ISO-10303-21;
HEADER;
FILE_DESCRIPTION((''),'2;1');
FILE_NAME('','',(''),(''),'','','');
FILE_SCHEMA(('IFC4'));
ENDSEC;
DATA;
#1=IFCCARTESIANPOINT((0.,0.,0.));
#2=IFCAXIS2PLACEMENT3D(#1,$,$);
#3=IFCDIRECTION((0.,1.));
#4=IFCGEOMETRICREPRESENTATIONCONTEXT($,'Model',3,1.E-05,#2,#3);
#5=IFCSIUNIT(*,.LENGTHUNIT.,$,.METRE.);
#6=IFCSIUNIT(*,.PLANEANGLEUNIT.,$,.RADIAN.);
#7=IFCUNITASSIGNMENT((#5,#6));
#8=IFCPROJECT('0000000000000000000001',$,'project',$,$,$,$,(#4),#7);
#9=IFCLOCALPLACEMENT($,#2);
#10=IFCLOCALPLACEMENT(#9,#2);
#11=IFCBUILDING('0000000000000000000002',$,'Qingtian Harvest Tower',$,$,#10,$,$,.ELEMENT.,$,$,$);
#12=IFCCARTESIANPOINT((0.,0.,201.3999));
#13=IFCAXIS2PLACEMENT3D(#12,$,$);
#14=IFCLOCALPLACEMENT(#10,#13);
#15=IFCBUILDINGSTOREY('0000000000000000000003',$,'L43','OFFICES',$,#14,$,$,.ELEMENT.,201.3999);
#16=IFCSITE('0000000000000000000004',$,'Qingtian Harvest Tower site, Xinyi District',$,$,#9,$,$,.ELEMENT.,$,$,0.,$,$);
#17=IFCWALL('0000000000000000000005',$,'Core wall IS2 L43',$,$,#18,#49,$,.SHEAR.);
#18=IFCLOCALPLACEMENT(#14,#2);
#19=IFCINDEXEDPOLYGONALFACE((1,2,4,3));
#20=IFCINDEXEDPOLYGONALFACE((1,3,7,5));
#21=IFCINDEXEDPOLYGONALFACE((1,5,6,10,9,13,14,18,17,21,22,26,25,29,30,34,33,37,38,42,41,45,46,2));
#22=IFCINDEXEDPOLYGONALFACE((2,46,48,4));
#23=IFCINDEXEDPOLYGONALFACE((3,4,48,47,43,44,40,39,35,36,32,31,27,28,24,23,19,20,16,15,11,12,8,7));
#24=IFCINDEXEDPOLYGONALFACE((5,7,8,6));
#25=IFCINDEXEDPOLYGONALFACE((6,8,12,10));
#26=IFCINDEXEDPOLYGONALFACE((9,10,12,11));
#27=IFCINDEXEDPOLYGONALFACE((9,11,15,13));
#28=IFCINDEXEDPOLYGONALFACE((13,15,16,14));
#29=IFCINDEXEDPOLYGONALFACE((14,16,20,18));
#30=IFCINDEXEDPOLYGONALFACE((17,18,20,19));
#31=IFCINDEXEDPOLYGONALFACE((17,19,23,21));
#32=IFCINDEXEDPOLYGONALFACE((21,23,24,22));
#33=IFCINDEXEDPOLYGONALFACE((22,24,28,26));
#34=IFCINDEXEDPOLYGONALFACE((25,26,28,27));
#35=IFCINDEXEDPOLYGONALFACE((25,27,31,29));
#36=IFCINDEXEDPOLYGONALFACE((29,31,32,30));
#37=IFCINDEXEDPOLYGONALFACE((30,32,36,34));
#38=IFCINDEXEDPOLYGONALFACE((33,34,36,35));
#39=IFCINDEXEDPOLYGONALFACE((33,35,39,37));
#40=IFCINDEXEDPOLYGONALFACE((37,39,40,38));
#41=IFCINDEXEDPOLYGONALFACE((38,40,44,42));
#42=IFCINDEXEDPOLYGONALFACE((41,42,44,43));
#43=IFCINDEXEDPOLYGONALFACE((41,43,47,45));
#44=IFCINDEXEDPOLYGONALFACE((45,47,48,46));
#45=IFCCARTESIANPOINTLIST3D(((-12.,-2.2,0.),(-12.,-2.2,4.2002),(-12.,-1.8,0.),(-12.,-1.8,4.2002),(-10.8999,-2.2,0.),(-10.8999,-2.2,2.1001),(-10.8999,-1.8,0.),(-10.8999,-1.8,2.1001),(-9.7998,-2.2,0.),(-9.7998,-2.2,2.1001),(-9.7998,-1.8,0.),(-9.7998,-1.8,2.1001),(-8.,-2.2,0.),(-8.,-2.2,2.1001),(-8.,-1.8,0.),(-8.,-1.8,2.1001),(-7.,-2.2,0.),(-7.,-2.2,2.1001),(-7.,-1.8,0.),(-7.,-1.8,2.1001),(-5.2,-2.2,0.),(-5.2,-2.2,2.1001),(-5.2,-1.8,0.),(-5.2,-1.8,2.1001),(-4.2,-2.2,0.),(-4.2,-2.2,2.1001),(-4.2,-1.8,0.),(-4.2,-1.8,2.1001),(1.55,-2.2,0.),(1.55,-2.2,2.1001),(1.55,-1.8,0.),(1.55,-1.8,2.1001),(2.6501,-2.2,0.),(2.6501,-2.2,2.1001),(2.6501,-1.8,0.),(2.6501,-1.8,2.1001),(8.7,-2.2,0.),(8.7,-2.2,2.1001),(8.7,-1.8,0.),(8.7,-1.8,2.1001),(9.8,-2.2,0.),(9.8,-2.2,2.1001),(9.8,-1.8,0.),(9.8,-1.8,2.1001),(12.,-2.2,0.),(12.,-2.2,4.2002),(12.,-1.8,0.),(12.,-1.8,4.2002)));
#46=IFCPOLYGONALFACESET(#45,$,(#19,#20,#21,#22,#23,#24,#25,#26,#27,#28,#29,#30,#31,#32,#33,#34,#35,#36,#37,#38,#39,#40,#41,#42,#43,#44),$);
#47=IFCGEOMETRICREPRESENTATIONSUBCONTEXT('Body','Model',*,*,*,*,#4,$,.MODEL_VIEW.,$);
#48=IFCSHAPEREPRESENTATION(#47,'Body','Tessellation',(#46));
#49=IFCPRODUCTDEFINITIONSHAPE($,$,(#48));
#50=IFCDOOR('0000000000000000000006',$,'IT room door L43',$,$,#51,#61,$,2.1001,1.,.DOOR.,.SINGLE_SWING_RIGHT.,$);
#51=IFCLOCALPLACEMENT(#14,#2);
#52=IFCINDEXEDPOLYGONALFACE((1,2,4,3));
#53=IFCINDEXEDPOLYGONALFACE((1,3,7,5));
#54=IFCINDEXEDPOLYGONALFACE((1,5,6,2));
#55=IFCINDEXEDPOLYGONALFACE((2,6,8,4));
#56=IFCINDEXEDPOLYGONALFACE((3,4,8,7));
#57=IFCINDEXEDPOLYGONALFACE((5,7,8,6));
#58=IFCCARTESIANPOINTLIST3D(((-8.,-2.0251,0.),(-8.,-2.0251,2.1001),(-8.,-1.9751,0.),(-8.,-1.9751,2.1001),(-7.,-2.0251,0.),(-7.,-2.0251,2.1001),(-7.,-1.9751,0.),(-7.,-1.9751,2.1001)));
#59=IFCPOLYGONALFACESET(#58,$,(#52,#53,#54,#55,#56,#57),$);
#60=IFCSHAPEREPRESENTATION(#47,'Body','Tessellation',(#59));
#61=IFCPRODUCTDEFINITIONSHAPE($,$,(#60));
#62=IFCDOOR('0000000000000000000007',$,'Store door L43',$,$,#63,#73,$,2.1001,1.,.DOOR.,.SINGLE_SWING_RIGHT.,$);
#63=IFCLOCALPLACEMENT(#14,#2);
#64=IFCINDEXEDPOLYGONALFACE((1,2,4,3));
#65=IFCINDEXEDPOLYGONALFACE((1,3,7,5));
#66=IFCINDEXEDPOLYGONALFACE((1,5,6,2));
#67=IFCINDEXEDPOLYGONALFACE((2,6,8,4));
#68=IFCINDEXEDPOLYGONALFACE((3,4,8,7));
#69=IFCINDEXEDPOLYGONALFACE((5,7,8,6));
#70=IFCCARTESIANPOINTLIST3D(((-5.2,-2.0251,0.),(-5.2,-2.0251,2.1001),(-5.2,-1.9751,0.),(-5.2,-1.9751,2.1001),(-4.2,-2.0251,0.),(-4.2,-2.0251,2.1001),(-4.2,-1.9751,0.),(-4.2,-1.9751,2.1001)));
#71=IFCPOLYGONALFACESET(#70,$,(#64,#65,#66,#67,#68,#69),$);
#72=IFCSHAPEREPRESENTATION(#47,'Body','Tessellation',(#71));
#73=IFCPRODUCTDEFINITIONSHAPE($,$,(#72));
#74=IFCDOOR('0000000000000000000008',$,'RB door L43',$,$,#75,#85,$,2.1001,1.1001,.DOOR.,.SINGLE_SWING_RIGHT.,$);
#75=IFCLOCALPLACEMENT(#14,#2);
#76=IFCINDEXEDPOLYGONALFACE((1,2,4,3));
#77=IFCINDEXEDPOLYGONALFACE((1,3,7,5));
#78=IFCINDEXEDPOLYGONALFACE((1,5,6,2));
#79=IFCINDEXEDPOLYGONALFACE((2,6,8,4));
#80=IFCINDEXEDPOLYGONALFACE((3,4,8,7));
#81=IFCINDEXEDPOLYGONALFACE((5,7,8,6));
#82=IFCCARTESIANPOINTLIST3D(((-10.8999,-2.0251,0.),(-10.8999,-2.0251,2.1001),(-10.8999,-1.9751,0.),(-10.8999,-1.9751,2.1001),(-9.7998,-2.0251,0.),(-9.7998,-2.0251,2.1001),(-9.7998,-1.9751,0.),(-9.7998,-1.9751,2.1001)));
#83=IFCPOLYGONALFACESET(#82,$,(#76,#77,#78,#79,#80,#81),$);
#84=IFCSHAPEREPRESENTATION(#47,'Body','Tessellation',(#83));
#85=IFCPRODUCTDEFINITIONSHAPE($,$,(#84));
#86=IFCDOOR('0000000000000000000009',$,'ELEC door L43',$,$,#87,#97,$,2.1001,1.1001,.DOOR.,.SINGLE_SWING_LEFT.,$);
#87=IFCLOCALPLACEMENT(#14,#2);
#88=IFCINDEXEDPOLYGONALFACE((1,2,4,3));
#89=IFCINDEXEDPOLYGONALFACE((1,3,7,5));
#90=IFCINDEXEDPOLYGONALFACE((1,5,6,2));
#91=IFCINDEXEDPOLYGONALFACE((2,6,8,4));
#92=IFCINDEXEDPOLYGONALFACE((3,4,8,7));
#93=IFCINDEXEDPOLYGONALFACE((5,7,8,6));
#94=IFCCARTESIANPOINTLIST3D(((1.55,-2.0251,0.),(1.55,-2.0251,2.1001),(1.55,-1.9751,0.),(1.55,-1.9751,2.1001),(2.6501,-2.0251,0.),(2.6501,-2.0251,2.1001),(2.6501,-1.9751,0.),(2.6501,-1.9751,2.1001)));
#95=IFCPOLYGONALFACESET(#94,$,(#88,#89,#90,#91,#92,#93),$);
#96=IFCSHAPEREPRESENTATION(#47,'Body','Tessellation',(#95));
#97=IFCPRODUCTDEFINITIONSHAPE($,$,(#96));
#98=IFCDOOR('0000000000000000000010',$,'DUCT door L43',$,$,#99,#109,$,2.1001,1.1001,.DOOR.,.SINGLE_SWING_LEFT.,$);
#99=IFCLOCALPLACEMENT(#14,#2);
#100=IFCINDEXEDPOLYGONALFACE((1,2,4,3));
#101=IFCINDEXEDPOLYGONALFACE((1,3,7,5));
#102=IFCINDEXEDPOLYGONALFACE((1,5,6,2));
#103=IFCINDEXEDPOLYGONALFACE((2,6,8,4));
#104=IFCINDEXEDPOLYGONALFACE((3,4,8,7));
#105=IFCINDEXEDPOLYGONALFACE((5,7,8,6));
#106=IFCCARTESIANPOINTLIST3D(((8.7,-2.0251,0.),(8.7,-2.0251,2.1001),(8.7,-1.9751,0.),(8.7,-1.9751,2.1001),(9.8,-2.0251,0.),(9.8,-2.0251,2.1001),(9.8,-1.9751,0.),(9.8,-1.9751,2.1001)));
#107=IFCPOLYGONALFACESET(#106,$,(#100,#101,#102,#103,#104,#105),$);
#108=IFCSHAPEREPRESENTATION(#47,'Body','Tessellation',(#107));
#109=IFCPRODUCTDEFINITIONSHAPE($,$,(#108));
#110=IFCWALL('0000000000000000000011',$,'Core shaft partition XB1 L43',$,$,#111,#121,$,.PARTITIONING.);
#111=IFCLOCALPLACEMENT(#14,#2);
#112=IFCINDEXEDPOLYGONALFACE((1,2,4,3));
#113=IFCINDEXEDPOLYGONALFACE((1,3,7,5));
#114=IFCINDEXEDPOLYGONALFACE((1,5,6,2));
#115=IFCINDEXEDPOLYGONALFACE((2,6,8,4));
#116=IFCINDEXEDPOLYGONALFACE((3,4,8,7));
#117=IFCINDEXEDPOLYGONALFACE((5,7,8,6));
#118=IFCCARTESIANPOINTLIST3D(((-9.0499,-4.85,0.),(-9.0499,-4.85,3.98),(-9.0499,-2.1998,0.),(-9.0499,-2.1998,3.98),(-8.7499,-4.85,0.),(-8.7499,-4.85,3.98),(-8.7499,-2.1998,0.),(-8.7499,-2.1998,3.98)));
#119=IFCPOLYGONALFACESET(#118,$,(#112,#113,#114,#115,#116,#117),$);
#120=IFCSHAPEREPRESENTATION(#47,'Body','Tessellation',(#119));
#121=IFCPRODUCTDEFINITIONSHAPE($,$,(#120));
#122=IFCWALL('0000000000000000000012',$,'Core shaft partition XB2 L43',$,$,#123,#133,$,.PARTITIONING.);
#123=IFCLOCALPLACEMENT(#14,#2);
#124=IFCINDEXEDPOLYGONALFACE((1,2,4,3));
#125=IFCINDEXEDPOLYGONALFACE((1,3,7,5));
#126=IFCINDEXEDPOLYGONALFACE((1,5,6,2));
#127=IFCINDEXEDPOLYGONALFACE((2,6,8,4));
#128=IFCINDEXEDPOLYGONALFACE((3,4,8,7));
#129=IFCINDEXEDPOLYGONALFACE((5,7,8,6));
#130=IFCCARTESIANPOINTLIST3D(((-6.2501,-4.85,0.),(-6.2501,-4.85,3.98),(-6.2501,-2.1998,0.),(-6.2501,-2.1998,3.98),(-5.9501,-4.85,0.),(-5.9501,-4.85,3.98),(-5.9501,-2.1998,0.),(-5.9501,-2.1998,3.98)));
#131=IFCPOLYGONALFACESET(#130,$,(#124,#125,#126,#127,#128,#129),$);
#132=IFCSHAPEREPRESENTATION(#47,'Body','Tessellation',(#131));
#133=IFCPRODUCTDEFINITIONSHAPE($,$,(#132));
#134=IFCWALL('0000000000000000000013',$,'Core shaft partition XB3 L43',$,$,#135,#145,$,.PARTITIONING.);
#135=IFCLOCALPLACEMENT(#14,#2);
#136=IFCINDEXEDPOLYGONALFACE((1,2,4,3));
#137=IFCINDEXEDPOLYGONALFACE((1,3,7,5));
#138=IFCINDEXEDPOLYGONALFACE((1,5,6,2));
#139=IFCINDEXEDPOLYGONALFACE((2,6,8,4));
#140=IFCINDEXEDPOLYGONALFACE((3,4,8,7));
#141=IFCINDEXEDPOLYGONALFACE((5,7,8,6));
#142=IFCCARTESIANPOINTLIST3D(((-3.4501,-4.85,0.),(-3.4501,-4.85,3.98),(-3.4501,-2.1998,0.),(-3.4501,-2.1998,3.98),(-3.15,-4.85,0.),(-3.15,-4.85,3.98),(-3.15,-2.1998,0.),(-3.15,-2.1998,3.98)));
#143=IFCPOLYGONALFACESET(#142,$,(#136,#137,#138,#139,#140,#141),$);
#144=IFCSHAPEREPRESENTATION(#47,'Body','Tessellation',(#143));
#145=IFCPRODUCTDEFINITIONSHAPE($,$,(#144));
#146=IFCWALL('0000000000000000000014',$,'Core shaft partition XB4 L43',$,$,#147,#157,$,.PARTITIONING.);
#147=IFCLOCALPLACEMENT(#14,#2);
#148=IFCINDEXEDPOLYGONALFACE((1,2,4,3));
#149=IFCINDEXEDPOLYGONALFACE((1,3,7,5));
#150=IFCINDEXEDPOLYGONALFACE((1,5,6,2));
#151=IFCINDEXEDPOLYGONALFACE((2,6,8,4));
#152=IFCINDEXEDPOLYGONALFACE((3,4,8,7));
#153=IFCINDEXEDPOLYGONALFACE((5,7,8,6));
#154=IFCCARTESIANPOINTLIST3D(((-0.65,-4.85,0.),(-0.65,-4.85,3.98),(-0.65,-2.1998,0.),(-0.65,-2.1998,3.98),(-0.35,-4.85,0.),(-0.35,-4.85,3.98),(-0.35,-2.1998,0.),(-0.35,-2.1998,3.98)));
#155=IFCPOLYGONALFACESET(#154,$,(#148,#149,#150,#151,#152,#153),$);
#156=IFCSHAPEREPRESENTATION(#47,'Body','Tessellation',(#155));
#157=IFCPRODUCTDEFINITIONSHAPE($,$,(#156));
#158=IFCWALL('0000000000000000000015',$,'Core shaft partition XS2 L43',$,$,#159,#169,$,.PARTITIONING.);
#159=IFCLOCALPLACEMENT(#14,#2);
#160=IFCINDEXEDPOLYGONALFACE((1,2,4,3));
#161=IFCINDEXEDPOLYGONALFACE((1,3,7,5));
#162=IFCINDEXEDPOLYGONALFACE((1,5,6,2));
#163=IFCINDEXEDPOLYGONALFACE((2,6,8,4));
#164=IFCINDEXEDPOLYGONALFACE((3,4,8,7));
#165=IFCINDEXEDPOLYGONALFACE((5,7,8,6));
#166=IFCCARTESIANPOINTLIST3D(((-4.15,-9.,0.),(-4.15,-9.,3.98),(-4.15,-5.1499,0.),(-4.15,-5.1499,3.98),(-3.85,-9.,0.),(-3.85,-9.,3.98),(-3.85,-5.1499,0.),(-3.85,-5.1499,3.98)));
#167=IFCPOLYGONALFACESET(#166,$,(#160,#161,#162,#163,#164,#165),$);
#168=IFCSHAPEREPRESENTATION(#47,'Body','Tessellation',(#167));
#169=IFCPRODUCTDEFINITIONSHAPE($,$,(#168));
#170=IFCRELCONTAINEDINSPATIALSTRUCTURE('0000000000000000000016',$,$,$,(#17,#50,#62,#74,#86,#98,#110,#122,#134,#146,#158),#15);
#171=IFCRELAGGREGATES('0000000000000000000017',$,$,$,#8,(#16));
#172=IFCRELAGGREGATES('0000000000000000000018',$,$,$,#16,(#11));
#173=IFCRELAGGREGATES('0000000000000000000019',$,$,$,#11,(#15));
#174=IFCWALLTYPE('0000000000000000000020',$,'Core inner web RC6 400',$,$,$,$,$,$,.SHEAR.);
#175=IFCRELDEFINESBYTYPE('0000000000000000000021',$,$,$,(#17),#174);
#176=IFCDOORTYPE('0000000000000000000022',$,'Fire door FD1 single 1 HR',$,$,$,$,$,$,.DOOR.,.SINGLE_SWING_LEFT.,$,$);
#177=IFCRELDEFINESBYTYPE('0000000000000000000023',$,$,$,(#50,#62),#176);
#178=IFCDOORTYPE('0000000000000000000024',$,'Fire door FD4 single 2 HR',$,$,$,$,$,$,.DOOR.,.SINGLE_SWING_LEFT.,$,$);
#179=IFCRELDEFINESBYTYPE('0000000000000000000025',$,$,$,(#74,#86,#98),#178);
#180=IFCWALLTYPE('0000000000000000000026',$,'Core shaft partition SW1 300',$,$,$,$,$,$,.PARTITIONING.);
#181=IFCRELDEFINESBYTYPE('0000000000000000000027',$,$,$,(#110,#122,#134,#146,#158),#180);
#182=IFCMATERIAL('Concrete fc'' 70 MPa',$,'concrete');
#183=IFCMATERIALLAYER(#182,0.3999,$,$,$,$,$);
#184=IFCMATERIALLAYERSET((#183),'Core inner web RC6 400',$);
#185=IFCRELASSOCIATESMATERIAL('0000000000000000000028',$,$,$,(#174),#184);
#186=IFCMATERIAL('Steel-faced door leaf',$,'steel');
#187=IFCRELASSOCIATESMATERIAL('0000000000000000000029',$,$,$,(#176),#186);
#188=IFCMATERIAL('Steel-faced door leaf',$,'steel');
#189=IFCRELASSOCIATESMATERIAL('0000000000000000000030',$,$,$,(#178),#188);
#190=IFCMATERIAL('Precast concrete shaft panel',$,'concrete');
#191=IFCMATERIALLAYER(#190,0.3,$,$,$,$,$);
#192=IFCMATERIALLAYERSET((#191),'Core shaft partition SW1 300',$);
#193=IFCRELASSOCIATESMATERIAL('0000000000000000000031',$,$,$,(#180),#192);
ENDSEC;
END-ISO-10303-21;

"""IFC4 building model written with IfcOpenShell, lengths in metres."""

from ifc_helpers import new_model, si_unit, direction, frame, frame_2d, origin, place, context, subcontext, project, spatial, rectangle, extrude, material, layer, layer_set, type_object, element, fill, save


model = new_model("IFC4")

# Units and contexts
model_context = context("Model", 3, precision=1e-05, world=origin(), true_north=direction((0.0, 1.0)))
body_context = subcontext(model_context, "Body", "Model", "MODEL_VIEW")
ifc_project = project(units=[si_unit("LENGTHUNIT", "METRE"), si_unit("PLANEANGLEUNIT", "RADIAN")], contexts=[model_context])

# Site, building, storey
site_placement = place(None, origin())
site = spatial("IfcSite", under=ifc_project, at=site_placement, Name="Qingtian Harvest Tower site, Xinyi District", CompositionType="ELEMENT", RefElevation=0.0)
building_placement = place(site_placement, origin())
building = spatial("IfcBuilding", under=site, at=building_placement, Name="Qingtian Harvest Tower", CompositionType="ELEMENT")
storey_placement = place(building_placement, frame((0.0, 0.0, 201.3999)))
storey = spatial("IfcBuildingStorey", under=building, at=storey_placement, Name="L43", Description="OFFICES", CompositionType="ELEMENT", Elevation=201.3999)

# Wall, openings, doors
ifc_material_1 = material(Name="Concrete fc' 70 MPa", Category="concrete")
ifc_layer_1 = layer(ifc_material_1, 0.3999)
ifc_layer_set_1 = layer_set([ifc_layer_1], Name="Core inner web RC6 400")
wall_type_1 = type_object("IfcWallType", Name="Core inner web RC6 400", PredefinedType="SHEAR", material=ifc_layer_set_1)
wall_1_placement = place(storey_placement, frame((-12.0, -2.0, 0.0), z_axis=(0.0, 0.0, 1.0), x_axis=(1.0, 0.0, 0.0)))
wall_1 = element("IfcWall", 1, at=wall_1_placement, inside=storey, type_object=wall_type_1, Name="Core wall IS2 L43", PredefinedType="SHEAR", context=body_context, shape_type="SweptSolid", body=[
    extrude(rectangle(XDim=24.0, YDim=0.3999, at=frame_2d((12.0, 0.0))), origin(), (0.0, 0.0, 1.0), 4.2002),
])
opening_1_placement = place(wall_1_placement, frame((1.1001, 0.0, 0.0)))
opening_1 = element("IfcOpeningElement", 2, at=opening_1_placement, cuts=wall_1, PredefinedType="OPENING", context=body_context, shape_type="SweptSolid", body=[
    extrude(rectangle(XDim=1.1001, YDim=2.1001, at=frame_2d((0.55, 1.05))), frame((0.0, 0.21, 0.0), z_axis=(0.0, -1.0, 0.0), x_axis=(1.0, 0.0, 0.0)), (0.0, 0.0, 1.0), 0.4199),
])
opening_2_placement = place(wall_1_placement, frame((13.55, 0.0, 0.0)))
opening_2 = element("IfcOpeningElement", 3, at=opening_2_placement, cuts=wall_1, PredefinedType="OPENING", context=body_context, shape_type="SweptSolid", body=[
    extrude(rectangle(XDim=1.1001, YDim=2.1001, at=frame_2d((0.55, 1.05))), frame((0.0, 0.21, 0.0), z_axis=(0.0, -1.0, 0.0), x_axis=(1.0, 0.0, 0.0)), (0.0, 0.0, 1.0), 0.4199),
])
opening_3_placement = place(wall_1_placement, frame((20.7, 0.0, 0.0)))
opening_3 = element("IfcOpeningElement", 4, at=opening_3_placement, cuts=wall_1, PredefinedType="OPENING", context=body_context, shape_type="SweptSolid", body=[
    extrude(rectangle(XDim=1.1001, YDim=2.1001, at=frame_2d((0.55, 1.05))), frame((0.0, 0.21, 0.0), z_axis=(0.0, -1.0, 0.0), x_axis=(1.0, 0.0, 0.0)), (0.0, 0.0, 1.0), 0.4199),
])
opening_4_placement = place(wall_1_placement, frame((4.0, 0.0, 0.0)))
opening_4 = element("IfcOpeningElement", 5, at=opening_4_placement, cuts=wall_1, PredefinedType="OPENING", context=body_context, shape_type="SweptSolid", body=[
    extrude(rectangle(XDim=1.0, YDim=2.1001, at=frame_2d((0.5, 1.05))), frame((0.0, 0.21, 0.0), z_axis=(0.0, -1.0, 0.0), x_axis=(1.0, 0.0, 0.0)), (0.0, 0.0, 1.0), 0.4199),
])
opening_5_placement = place(wall_1_placement, frame((6.8, 0.0, 0.0)))
opening_5 = element("IfcOpeningElement", 6, at=opening_5_placement, cuts=wall_1, PredefinedType="OPENING", context=body_context, shape_type="SweptSolid", body=[
    extrude(rectangle(XDim=1.0, YDim=2.1001, at=frame_2d((0.5, 1.05))), frame((0.0, 0.21, 0.0), z_axis=(0.0, -1.0, 0.0), x_axis=(1.0, 0.0, 0.0)), (0.0, 0.0, 1.0), 0.4199),
])
ifc_material_2 = material(Name="Steel-faced door leaf", Category="steel")
door_type_1 = type_object("IfcDoorType", Name="Fire door FD1 single 1 HR", OperationType="SINGLE_SWING_LEFT", PredefinedType="DOOR", material=ifc_material_2)
door_1_placement = place(opening_4_placement, origin())
door_1 = element("IfcDoor", 7, at=door_1_placement, inside=storey, type_object=door_type_1, Name="IT room door L43", OperationType="SINGLE_SWING_RIGHT", OverallHeight=2.1001, OverallWidth=1.0, PredefinedType="DOOR", context=body_context, shape_type="SweptSolid", body=[
    extrude(rectangle(XDim=1.0, YDim=2.1001, at=frame_2d((0.5, 1.05))), frame((0.0, 0.0249, 0.0), z_axis=(0.0, -1.0, 0.0), x_axis=(1.0, 0.0, 0.0)), (0.0, 0.0, 1.0), 0.05),
])
fill(opening_4, door_1)
door_2_placement = place(opening_5_placement, origin())
door_2 = element("IfcDoor", 8, at=door_2_placement, inside=storey, type_object=door_type_1, Name="Store door L43", OperationType="SINGLE_SWING_RIGHT", OverallHeight=2.1001, OverallWidth=1.0, PredefinedType="DOOR", context=body_context, shape_type="SweptSolid", body=[
    extrude(rectangle(XDim=1.0, YDim=2.1001, at=frame_2d((0.5, 1.05))), frame((0.0, 0.0249, 0.0), z_axis=(0.0, -1.0, 0.0), x_axis=(1.0, 0.0, 0.0)), (0.0, 0.0, 1.0), 0.05),
])
fill(opening_5, door_2)
ifc_material_3 = material(Name="Steel-faced door leaf", Category="steel")
door_type_2 = type_object("IfcDoorType", Name="Fire door FD4 single 2 HR", OperationType="SINGLE_SWING_LEFT", PredefinedType="DOOR", material=ifc_material_3)
door_3_placement = place(opening_1_placement, origin())
door_3 = element("IfcDoor", 9, at=door_3_placement, inside=storey, type_object=door_type_2, Name="RB door L43", OperationType="SINGLE_SWING_RIGHT", OverallHeight=2.1001, OverallWidth=1.1001, PredefinedType="DOOR", context=body_context, shape_type="SweptSolid", body=[
    extrude(rectangle(XDim=1.1001, YDim=2.1001, at=frame_2d((0.55, 1.05))), frame((0.0, 0.0249, 0.0), z_axis=(0.0, -1.0, 0.0), x_axis=(1.0, 0.0, 0.0)), (0.0, 0.0, 1.0), 0.05),
])
fill(opening_1, door_3)
door_4_placement = place(opening_2_placement, origin())
door_4 = element("IfcDoor", 10, at=door_4_placement, inside=storey, type_object=door_type_2, Name="ELEC door L43", OperationType="SINGLE_SWING_LEFT", OverallHeight=2.1001, OverallWidth=1.1001, PredefinedType="DOOR", context=body_context, shape_type="SweptSolid", body=[
    extrude(rectangle(XDim=1.1001, YDim=2.1001, at=frame_2d((0.55, 1.05))), frame((0.0, 0.0249, 0.0), z_axis=(0.0, -1.0, 0.0), x_axis=(1.0, 0.0, 0.0)), (0.0, 0.0, 1.0), 0.05),
])
fill(opening_2, door_4)
door_5_placement = place(opening_3_placement, origin())
door_5 = element("IfcDoor", 11, at=door_5_placement, inside=storey, type_object=door_type_2, Name="DUCT door L43", OperationType="SINGLE_SWING_LEFT", OverallHeight=2.1001, OverallWidth=1.1001, PredefinedType="DOOR", context=body_context, shape_type="SweptSolid", body=[
    extrude(rectangle(XDim=1.1001, YDim=2.1001, at=frame_2d((0.55, 1.05))), frame((0.0, 0.0249, 0.0), z_axis=(0.0, -1.0, 0.0), x_axis=(1.0, 0.0, 0.0)), (0.0, 0.0, 1.0), 0.05),
])
fill(opening_3, door_5)

# Walls
ifc_material_4 = material(Name="Precast concrete shaft panel", Category="concrete")
ifc_layer_2 = layer(ifc_material_4, 0.3)
ifc_layer_set_2 = layer_set([ifc_layer_2], Name="Core shaft partition SW1 300")
wall_type_2 = type_object("IfcWallType", Name="Core shaft partition SW1 300", PredefinedType="PARTITIONING", material=ifc_layer_set_2)
for number, where, z_axis, x_axis, name in (
    (12, (-8.8999, -4.8501, 0.0), (0.0, 0.0, 1.0), (0.0, 1.0, 0.0), "Core shaft partition XB1 L43"),
    (13, (-6.1001, -4.8501, 0.0), (0.0, 0.0, 1.0), (0.0, 1.0, 0.0), "Core shaft partition XB2 L43"),
    (14, (-3.3, -4.8501, 0.0), (0.0, 0.0, 1.0), (0.0, 1.0, 0.0), "Core shaft partition XB3 L43"),
    (15, (-0.5, -4.8501, 0.0), (0.0, 0.0, 1.0), (0.0, 1.0, 0.0), "Core shaft partition XB4 L43"),
):
    element("IfcWall", number, at=place(storey_placement, frame(where, z_axis=z_axis, x_axis=x_axis)), inside=storey, type_object=wall_type_2, Name=name, PredefinedType="PARTITIONING", context=body_context, shape_type="SweptSolid", body=[
        extrude(rectangle(XDim=2.6501, YDim=0.3, at=frame_2d((1.3252, 0.0))), origin(), (0.0, 0.0, 1.0), 3.98),
    ])
wall_2_placement = place(storey_placement, frame((-4.0, -9.0, 0.0), z_axis=(0.0, 0.0, 1.0), x_axis=(0.0, 1.0, 0.0)))
element("IfcWall", 16, at=wall_2_placement, inside=storey, type_object=wall_type_2, Name="Core shaft partition XS2 L43", PredefinedType="PARTITIONING", context=body_context, shape_type="SweptSolid", body=[
    extrude(rectangle(XDim=3.8501, YDim=0.3, at=frame_2d((1.925, 0.0))), origin(), (0.0, 0.0, 1.0), 3.98),
])

save(model, "model.ifc")
